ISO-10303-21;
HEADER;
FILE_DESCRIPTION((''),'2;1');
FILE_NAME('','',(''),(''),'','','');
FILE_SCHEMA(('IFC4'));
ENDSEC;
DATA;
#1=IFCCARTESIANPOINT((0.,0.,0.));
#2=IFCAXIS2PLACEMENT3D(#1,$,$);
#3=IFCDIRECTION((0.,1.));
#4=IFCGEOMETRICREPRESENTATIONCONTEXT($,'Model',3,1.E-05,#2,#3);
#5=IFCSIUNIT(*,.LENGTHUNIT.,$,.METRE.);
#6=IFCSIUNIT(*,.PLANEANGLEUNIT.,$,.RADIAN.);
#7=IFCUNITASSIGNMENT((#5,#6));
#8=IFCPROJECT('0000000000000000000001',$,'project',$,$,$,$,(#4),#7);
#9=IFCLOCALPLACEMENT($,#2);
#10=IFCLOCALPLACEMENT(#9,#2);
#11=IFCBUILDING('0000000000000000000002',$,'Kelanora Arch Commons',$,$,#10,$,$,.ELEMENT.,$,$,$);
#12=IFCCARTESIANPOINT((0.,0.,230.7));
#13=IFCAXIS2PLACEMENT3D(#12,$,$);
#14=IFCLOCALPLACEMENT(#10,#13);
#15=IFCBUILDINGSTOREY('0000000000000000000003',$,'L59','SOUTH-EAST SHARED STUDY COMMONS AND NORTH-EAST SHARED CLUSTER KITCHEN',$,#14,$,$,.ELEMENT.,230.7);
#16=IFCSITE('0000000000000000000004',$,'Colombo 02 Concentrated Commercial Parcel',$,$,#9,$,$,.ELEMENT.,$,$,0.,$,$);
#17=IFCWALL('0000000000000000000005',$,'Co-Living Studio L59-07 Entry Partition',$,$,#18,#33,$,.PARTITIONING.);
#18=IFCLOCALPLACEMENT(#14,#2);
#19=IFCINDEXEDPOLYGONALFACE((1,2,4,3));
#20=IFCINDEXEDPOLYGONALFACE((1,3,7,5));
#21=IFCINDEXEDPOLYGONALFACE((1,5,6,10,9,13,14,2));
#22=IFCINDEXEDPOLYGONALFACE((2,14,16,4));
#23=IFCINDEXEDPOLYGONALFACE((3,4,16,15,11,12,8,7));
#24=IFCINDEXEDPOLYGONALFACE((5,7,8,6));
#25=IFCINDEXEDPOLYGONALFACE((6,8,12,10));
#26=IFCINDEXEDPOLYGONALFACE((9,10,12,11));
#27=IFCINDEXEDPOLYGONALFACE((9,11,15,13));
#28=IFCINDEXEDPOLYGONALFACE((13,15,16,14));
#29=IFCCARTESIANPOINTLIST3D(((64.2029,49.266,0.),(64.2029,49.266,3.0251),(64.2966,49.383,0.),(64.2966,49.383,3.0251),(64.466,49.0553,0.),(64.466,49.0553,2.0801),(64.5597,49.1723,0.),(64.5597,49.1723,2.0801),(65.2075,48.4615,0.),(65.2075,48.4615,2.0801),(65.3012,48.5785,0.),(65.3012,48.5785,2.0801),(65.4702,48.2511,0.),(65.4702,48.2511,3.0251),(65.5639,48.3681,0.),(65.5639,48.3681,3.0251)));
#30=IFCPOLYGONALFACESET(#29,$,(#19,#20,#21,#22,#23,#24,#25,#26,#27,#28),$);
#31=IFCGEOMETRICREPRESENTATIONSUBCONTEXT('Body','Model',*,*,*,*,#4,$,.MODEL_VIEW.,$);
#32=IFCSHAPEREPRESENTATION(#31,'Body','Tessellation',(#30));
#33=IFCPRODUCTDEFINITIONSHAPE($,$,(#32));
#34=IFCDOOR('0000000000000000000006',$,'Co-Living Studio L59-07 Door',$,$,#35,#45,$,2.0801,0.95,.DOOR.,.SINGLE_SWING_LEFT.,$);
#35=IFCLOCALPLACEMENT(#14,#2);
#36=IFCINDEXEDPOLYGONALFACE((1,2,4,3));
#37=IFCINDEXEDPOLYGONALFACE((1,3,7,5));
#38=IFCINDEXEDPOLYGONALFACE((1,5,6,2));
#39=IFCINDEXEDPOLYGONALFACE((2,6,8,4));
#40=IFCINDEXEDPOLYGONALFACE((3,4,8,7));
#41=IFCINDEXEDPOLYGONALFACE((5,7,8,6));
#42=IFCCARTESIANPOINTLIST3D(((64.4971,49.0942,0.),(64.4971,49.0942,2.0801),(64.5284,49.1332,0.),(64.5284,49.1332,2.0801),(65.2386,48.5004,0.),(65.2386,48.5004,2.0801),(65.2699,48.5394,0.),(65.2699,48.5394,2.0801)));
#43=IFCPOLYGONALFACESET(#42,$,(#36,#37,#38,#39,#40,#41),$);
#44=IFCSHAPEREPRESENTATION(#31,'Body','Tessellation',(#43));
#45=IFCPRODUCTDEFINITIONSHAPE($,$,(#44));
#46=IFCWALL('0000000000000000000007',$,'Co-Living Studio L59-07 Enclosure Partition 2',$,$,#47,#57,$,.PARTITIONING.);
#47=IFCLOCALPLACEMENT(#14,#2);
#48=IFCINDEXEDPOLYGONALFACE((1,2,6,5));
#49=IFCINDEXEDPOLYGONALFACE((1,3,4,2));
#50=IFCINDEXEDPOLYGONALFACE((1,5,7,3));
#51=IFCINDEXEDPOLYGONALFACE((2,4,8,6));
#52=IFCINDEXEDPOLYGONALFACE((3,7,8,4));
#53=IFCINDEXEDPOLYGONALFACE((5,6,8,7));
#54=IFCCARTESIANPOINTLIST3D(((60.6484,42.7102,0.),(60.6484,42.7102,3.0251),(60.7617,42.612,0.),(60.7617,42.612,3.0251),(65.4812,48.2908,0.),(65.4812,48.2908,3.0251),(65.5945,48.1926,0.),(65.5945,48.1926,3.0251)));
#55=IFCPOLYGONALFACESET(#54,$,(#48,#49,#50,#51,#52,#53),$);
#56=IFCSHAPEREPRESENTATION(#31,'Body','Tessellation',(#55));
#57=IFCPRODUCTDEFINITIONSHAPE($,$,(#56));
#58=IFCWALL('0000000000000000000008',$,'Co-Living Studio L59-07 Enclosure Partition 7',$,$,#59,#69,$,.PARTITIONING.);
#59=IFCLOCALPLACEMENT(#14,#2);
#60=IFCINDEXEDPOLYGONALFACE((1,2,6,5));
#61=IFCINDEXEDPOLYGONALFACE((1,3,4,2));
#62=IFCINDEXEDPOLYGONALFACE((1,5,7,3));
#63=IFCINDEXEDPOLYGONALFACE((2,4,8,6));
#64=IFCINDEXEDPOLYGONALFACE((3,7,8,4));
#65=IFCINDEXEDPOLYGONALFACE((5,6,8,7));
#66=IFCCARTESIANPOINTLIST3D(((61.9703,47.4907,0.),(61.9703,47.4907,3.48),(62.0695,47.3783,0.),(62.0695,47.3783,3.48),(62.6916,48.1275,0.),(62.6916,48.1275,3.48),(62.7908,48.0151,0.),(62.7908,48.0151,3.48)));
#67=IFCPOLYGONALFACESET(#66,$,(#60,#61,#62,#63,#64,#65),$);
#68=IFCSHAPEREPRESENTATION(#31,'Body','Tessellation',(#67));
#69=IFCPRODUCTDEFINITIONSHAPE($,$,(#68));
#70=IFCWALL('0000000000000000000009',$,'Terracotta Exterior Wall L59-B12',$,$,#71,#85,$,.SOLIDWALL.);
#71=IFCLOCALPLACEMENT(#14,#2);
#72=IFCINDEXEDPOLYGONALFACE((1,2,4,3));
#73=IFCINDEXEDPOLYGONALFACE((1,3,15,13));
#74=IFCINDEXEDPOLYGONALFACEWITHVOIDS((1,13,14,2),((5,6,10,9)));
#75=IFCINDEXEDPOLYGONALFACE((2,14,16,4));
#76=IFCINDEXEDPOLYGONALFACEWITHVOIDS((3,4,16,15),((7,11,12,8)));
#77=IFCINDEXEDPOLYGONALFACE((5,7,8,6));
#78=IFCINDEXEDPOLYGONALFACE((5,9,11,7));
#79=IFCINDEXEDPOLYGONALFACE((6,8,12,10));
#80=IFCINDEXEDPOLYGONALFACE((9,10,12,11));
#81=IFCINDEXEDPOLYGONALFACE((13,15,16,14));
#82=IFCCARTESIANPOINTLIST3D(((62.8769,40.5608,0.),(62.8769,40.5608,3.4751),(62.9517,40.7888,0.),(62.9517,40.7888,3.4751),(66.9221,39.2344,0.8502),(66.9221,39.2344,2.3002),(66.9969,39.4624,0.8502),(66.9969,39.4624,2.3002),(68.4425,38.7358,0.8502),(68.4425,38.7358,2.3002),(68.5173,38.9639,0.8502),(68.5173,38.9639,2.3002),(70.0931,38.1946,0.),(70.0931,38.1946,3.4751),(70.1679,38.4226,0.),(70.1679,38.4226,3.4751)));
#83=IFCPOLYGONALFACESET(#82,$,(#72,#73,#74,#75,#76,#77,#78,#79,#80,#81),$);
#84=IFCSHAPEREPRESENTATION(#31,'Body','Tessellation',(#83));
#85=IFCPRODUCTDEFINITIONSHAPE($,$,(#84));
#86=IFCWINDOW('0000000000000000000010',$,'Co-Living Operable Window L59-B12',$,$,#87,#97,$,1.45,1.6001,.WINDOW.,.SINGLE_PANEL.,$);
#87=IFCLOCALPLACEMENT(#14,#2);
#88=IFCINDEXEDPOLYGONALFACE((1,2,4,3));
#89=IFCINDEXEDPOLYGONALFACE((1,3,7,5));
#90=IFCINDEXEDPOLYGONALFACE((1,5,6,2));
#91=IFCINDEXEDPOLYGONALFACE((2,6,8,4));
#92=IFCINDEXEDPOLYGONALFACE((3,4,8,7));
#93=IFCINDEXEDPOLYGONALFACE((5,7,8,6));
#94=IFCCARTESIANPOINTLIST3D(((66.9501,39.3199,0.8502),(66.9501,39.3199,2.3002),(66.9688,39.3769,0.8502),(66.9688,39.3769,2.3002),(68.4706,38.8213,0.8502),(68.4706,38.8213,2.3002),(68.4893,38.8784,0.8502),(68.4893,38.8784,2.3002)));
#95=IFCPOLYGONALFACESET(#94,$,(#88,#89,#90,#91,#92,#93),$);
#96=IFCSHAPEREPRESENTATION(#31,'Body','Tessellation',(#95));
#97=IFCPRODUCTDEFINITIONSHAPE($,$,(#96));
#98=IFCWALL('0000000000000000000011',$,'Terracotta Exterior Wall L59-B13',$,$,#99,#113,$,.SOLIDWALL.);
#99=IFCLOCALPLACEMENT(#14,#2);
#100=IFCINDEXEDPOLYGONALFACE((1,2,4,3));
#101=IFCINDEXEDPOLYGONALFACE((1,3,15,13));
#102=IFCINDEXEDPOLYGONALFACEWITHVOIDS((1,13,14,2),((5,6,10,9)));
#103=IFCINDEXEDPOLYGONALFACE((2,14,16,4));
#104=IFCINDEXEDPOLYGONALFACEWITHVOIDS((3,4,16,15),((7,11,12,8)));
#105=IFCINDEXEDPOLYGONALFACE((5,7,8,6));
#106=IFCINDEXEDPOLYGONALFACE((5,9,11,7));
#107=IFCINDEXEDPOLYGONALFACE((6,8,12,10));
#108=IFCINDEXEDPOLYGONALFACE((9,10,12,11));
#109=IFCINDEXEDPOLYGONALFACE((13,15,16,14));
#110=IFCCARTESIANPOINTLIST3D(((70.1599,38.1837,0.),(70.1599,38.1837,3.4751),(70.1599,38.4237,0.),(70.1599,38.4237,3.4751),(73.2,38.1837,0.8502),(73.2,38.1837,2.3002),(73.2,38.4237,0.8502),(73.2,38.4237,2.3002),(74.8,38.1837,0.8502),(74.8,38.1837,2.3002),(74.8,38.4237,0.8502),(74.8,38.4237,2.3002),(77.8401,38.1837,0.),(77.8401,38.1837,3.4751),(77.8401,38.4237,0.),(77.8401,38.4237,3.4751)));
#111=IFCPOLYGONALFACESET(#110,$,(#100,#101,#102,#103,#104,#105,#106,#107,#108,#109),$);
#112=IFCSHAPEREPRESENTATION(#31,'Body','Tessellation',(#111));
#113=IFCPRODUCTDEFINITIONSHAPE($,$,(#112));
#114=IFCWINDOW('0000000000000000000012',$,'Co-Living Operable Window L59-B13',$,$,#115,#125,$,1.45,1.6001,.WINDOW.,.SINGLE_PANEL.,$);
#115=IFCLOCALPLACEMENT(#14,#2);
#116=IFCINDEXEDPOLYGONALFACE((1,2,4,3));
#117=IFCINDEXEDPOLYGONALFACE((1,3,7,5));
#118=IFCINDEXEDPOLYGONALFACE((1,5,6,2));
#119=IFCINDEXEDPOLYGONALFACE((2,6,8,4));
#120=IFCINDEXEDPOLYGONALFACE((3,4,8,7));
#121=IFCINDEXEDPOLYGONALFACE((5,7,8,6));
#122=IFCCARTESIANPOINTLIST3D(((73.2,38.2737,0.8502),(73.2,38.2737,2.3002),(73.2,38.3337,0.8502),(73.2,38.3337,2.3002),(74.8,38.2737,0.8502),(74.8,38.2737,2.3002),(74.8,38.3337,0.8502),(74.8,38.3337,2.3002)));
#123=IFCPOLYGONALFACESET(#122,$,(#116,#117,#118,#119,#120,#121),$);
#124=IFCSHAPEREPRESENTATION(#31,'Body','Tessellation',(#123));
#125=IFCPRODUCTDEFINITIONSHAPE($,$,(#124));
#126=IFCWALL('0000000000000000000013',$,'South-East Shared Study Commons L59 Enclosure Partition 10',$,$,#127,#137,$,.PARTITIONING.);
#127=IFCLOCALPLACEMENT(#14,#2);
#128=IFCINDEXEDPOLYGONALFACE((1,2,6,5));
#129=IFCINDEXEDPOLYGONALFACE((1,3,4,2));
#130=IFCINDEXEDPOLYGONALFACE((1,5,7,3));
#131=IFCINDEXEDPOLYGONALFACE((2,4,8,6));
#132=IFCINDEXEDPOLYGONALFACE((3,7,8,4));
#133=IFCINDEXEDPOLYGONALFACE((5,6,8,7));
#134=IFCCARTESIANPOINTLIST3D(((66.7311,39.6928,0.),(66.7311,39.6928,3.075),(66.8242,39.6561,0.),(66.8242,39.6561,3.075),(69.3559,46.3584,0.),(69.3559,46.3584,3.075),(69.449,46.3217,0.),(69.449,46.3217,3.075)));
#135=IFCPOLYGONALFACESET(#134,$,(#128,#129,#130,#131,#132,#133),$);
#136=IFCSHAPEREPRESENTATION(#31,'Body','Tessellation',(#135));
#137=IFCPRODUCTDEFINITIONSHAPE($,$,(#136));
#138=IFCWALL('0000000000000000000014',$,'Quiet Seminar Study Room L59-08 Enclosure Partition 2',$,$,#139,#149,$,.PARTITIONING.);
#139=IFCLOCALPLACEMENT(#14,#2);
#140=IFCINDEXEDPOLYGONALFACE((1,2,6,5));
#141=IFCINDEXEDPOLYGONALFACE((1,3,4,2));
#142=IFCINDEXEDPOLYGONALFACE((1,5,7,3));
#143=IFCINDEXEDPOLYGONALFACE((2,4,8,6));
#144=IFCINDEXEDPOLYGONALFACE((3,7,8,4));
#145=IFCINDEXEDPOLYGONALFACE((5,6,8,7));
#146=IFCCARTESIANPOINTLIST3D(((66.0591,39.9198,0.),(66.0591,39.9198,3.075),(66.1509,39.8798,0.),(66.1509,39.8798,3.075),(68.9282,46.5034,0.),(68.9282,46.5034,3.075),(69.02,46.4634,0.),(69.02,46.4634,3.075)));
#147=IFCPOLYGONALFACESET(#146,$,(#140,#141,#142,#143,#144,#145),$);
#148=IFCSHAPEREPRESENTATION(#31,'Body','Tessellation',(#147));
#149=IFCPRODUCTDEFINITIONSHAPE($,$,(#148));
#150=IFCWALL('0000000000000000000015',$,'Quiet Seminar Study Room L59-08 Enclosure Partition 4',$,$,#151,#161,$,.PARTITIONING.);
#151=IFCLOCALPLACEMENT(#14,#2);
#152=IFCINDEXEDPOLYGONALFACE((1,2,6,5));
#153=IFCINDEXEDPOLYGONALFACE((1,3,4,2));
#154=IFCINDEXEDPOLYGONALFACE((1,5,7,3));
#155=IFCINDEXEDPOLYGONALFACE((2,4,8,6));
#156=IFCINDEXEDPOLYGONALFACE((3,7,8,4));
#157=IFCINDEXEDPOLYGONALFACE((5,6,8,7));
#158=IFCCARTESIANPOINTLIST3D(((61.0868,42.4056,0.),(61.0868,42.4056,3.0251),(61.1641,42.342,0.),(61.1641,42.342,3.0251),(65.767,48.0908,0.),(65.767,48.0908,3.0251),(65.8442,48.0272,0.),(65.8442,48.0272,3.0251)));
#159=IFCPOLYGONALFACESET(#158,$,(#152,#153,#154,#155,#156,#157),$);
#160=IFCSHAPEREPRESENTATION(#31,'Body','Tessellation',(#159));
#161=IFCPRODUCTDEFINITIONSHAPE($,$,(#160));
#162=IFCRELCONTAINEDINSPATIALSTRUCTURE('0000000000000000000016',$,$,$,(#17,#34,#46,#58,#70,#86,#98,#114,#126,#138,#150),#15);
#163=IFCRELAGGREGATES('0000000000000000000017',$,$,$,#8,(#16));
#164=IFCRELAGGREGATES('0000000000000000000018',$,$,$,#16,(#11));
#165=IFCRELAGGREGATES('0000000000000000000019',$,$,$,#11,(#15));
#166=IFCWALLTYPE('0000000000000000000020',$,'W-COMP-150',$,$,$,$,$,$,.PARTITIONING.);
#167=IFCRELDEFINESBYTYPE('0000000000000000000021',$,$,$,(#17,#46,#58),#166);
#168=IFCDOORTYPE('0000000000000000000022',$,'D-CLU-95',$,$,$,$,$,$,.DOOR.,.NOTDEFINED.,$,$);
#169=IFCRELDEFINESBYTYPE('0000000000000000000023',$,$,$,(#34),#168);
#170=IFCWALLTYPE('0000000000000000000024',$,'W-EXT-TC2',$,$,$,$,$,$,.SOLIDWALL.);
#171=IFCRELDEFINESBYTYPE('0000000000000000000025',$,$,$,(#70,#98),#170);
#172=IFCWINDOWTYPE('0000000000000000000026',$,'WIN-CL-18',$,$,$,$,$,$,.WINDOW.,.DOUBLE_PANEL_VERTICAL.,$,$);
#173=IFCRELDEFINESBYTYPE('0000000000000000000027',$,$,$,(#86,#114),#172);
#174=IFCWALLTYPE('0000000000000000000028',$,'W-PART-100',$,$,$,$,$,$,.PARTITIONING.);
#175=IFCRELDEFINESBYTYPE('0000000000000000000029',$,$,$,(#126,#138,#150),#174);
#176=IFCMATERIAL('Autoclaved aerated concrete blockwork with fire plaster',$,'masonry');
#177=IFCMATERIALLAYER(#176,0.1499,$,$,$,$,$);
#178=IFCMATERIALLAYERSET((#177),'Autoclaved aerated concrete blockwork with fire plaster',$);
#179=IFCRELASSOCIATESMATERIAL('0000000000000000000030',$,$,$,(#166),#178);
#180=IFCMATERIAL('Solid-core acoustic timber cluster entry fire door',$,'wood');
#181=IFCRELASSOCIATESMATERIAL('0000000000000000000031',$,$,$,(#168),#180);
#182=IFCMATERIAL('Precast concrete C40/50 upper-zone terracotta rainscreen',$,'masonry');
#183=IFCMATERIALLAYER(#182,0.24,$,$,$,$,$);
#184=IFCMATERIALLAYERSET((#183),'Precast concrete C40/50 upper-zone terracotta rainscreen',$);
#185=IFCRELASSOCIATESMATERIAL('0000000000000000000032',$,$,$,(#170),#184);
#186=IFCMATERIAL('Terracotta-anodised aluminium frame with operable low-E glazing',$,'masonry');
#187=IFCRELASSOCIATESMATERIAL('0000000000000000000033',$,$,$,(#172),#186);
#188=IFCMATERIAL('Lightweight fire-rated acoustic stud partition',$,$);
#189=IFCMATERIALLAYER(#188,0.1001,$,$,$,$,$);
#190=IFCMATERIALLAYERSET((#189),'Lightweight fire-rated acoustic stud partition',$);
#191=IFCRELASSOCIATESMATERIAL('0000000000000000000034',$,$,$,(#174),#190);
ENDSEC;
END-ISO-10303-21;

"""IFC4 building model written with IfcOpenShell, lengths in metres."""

from ifc_helpers import new_model, si_unit, direction, frame, frame_2d, origin, place, context, subcontext, project, spatial, rectangle, extrude, material, layer, layer_set, type_object, element, fill, save


model = new_model("IFC4")

# Units and contexts
model_context = context("Model", 3, precision=1e-05, world=origin(), true_north=direction((0.0, 1.0)))
body_context = subcontext(model_context, "Body", "Model", "MODEL_VIEW")
ifc_project = project(units=[si_unit("LENGTHUNIT", "METRE"), si_unit("PLANEANGLEUNIT", "RADIAN")], contexts=[model_context])

# Site, building, storey
site_placement = place(None, origin())
site = spatial("IfcSite", under=ifc_project, at=site_placement, Name="Colombo 02 Concentrated Commercial Parcel", CompositionType="ELEMENT", RefElevation=0.0)
building_placement = place(site_placement, origin())
building = spatial("IfcBuilding", under=site, at=building_placement, Name="Kelanora Arch Commons", CompositionType="ELEMENT")
storey_placement = place(building_placement, frame((0.0, 0.0, 230.7)))
storey = spatial("IfcBuildingStorey", under=building, at=storey_placement, Name="L59", Description="SOUTH-EAST SHARED STUDY COMMONS AND NORTH-EAST SHARED CLUSTER KITCHEN", CompositionType="ELEMENT", Elevation=230.7)

# Wall, opening, door
ifc_material_1 = material(Name="Autoclaved aerated concrete blockwork with fire plaster", Category="masonry")
ifc_layer_1 = layer(ifc_material_1, 0.1499)
ifc_layer_set_1 = layer_set([ifc_layer_1], Name="Autoclaved aerated concrete blockwork with fire plaster")
wall_type_1 = type_object("IfcWallType", Name="W-COMP-150", PredefinedType="PARTITIONING", material=ifc_layer_set_1)
wall_1_placement = place(storey_placement, frame((64.2498, 49.3245, 0.0), z_axis=(0.0, 0.0, 1.0), x_axis=(0.780561, -0.62508, 0.0)))
wall_1 = element("IfcWall", 1, at=wall_1_placement, inside=storey, type_object=wall_type_1, Name="Co-Living Studio L59-07 Entry Partition", PredefinedType="PARTITIONING", context=body_context, shape_type="SweptSolid", body=[
    extrude(rectangle(XDim=1.6235, YDim=0.1499, at=frame_2d((0.8118, 0.0))), origin(), (0.0, 0.0, 1.0), 3.0251),
])
opening_1_placement = place(wall_1_placement, frame((0.3369, 0.0, 0.0)))
opening_1 = element("IfcOpeningElement", 2, at=opening_1_placement, cuts=wall_1, PredefinedType="OPENING", context=body_context, shape_type="SweptSolid", body=[
    extrude(rectangle(XDim=0.95, YDim=2.0801, at=frame_2d((0.4751, 1.04))), frame((0.0, 0.085, 0.0), z_axis=(0.0, -1.0, 0.0), x_axis=(1.0, 0.0, 0.0)), (0.0, 0.0, 1.0), 0.1699),
])
ifc_material_2 = material(Name="Solid-core acoustic timber cluster entry fire door", Category="wood")
door_type_1 = type_object("IfcDoorType", Name="D-CLU-95", OperationType="NOTDEFINED", PredefinedType="DOOR", material=ifc_material_2)
door_1_placement = place(opening_1_placement, origin())
door_1 = element("IfcDoor", 3, at=door_1_placement, inside=storey, type_object=door_type_1, Name="Co-Living Studio L59-07 Door", OperationType="SINGLE_SWING_LEFT", OverallHeight=2.0801, OverallWidth=0.95, PredefinedType="DOOR", context=body_context, shape_type="SweptSolid", body=[
    extrude(rectangle(XDim=0.95, YDim=2.0801, at=frame_2d((0.4751, 1.04))), frame((0.0, 0.0249, 0.0), z_axis=(0.0, -1.0, 0.0), x_axis=(1.0, 0.0, 0.0)), (0.0, 0.0, 1.0), 0.05),
])
fill(opening_1, door_1)

# Walls
wall_2_placement = place(storey_placement, frame((65.5378, 48.2417, 0.0), z_axis=(0.0, 0.0, 1.0), x_axis=(-0.654642, -0.755939, 0.0)))
element("IfcWall", 4, at=wall_2_placement, inside=storey, type_object=wall_type_1, Name="Co-Living Studio L59-07 Enclosure Partition 2", PredefinedType="PARTITIONING", context=body_context, shape_type="SweptSolid", body=[
    extrude(rectangle(XDim=7.3823, YDim=0.1499, at=frame_2d((3.6912, 0.0))), origin(), (0.0, 0.0, 1.0), 3.0251),
])
wall_3_placement = place(storey_placement, frame((62.02, 47.4346, 0.0), z_axis=(0.0, 0.0, 1.0), x_axis=(0.749645, 0.66184, 0.0)))
element("IfcWall", 5, at=wall_3_placement, inside=storey, type_object=wall_type_1, Name="Co-Living Studio L59-07 Enclosure Partition 7", PredefinedType="PARTITIONING", context=body_context, shape_type="SweptSolid", body=[
    extrude(rectangle(XDim=0.9622, YDim=0.1499, at=frame_2d((0.481, 0.0))), origin(), (0.0, 0.0, 1.0), 3.48),
])

# Walls, openings, windows
ifc_material_3 = material(Name="Precast concrete C40/50 upper-zone terracotta rainscreen", Category="masonry")
ifc_layer_2 = layer(ifc_material_3, 0.24)
ifc_layer_set_2 = layer_set([ifc_layer_2], Name="Precast concrete C40/50 upper-zone terracotta rainscreen")
wall_type_2 = type_object("IfcWallType", Name="W-EXT-TC2", PredefinedType="SOLIDWALL", material=ifc_layer_set_2)
wall_4_placement = place(storey_placement, frame((62.9143, 40.6748, 0.0), z_axis=(0.0, 0.0, 1.0), x_axis=(0.950221, -0.311575, 0.0)))
wall_4 = element("IfcWall", 6, at=wall_4_placement, inside=storey, type_object=wall_type_2, Name="Terracotta Exterior Wall L59-B12", PredefinedType="SOLIDWALL", context=body_context, shape_type="SweptSolid", body=[
    extrude(rectangle(XDim=7.5942, YDim=0.24, at=frame_2d((3.7971, 0.0))), origin(), (0.0, 0.0, 1.0), 3.4751),
])
opening_2_placement = place(wall_4_placement, frame((4.2571, 0.0, 0.8501)))
opening_2 = element("IfcOpeningElement", 7, at=opening_2_placement, cuts=wall_4, PredefinedType="OPENING", context=body_context, shape_type="SweptSolid", body=[
    extrude(rectangle(XDim=1.6001, YDim=1.45, at=frame_2d((0.8, 0.7251))), frame((0.0, 0.1299, 0.0), z_axis=(0.0, -1.0, 0.0), x_axis=(1.0, 0.0, 0.0)), (0.0, 0.0, 1.0), 0.26),
])
ifc_material_4 = material(Name="Terracotta-anodised aluminium frame with operable low-E glazing", Category="masonry")
window_type = type_object("IfcWindowType", Name="WIN-CL-18", PartitioningType="DOUBLE_PANEL_VERTICAL", PredefinedType="WINDOW", material=ifc_material_4)
window_1_placement = place(opening_2_placement, origin())
window_1 = element("IfcWindow", 8, at=window_1_placement, inside=storey, type_object=window_type, Name="Co-Living Operable Window L59-B12", OverallHeight=1.45, OverallWidth=1.6001, PartitioningType="SINGLE_PANEL", PredefinedType="WINDOW", context=body_context, shape_type="SweptSolid", body=[
    extrude(rectangle(XDim=1.6001, YDim=1.45, at=frame_2d((0.8, 0.7251))), frame((0.0, 0.03, 0.0), z_axis=(0.0, -1.0, 0.0), x_axis=(1.0, 0.0, 0.0)), (0.0, 0.0, 1.0), 0.0601),
])
fill(opening_2, window_1)
wall_5_placement = place(storey_placement, frame((70.1599, 38.3037, 0.0), z_axis=(0.0, 0.0, 1.0), x_axis=(1.0, 0.0, 0.0)))
wall_5 = element("IfcWall", 9, at=wall_5_placement, inside=storey, type_object=wall_type_2, Name="Terracotta Exterior Wall L59-B13", PredefinedType="SOLIDWALL", context=body_context, shape_type="SweptSolid", body=[
    extrude(rectangle(XDim=7.6802, YDim=0.24, at=frame_2d((3.8401, 0.0))), origin(), (0.0, 0.0, 1.0), 3.4751),
])
opening_3_placement = place(wall_5_placement, frame((3.04, 0.0, 0.8501)))
opening_3 = element("IfcOpeningElement", 10, at=opening_3_placement, cuts=wall_5, PredefinedType="OPENING", context=body_context, shape_type="SweptSolid", body=[
    extrude(rectangle(XDim=1.6001, YDim=1.45, at=frame_2d((0.8, 0.7251))), frame((0.0, 0.1299, 0.0), z_axis=(0.0, -1.0, 0.0), x_axis=(1.0, 0.0, 0.0)), (0.0, 0.0, 1.0), 0.26),
])
window_2_placement = place(opening_3_placement, origin())
window_2 = element("IfcWindow", 11, at=window_2_placement, inside=storey, type_object=window_type, Name="Co-Living Operable Window L59-B13", OverallHeight=1.45, OverallWidth=1.6001, PartitioningType="SINGLE_PANEL", PredefinedType="WINDOW", context=body_context, shape_type="SweptSolid", body=[
    extrude(rectangle(XDim=1.6001, YDim=1.45, at=frame_2d((0.8, 0.7251))), frame((0.0, 0.03, 0.0), z_axis=(0.0, -1.0, 0.0), x_axis=(1.0, 0.0, 0.0)), (0.0, 0.0, 1.0), 0.0601),
])
fill(opening_3, window_2)

# Walls
ifc_material_5 = material(Name="Lightweight fire-rated acoustic stud partition")
ifc_layer_3 = layer(ifc_material_5, 0.1001)
ifc_layer_set_3 = layer_set([ifc_layer_3], Name="Lightweight fire-rated acoustic stud partition")
wall_type_3 = type_object("IfcWallType", Name="W-PART-100", PredefinedType="PARTITIONING", material=ifc_layer_set_3)
wall_6_placement = place(storey_placement, frame((66.7776, 39.6743, 0.0), z_axis=(0.0, 0.0, 1.0), x_axis=(0.366397, 0.930459, 0.0)))
element("IfcWall", 12, at=wall_6_placement, inside=storey, type_object=wall_type_3, Name="South-East Shared Study Commons L59 Enclosure Partition 10", PredefinedType="PARTITIONING", context=body_context, shape_type="SweptSolid", body=[
    extrude(rectangle(XDim=7.1638, YDim=0.1001, at=frame_2d((3.582, 0.0))), origin(), (0.0, 0.0, 1.0), 3.075),
])
wall_7_placement = place(storey_placement, frame((68.9741, 46.4834, 0.0), z_axis=(0.0, 0.0, 1.0), x_axis=(-0.399504, -0.916731, 0.0)))
element("IfcWall", 13, at=wall_7_placement, inside=storey, type_object=wall_type_3, Name="Quiet Seminar Study Room L59-08 Enclosure Partition 2", PredefinedType="PARTITIONING", context=body_context, shape_type="SweptSolid", body=[
    extrude(rectangle(XDim=7.1816, YDim=0.1001, at=frame_2d((3.5908, 0.0))), origin(), (0.0, 0.0, 1.0), 3.075),
])
wall_8_placement = place(storey_placement, frame((61.1255, 42.3738, 0.0), z_axis=(0.0, 0.0, 1.0), x_axis=(0.635558, 0.772053, 0.0)))
element("IfcWall", 14, at=wall_8_placement, inside=storey, type_object=wall_type_3, Name="Quiet Seminar Study Room L59-08 Enclosure Partition 4", PredefinedType="PARTITIONING", context=body_context, shape_type="SweptSolid", body=[
    extrude(rectangle(XDim=7.3638, YDim=0.1001, at=frame_2d((3.6819, 0.0))), origin(), (0.0, 0.0, 1.0), 3.0251),
])

save(model, "model.ifc")
